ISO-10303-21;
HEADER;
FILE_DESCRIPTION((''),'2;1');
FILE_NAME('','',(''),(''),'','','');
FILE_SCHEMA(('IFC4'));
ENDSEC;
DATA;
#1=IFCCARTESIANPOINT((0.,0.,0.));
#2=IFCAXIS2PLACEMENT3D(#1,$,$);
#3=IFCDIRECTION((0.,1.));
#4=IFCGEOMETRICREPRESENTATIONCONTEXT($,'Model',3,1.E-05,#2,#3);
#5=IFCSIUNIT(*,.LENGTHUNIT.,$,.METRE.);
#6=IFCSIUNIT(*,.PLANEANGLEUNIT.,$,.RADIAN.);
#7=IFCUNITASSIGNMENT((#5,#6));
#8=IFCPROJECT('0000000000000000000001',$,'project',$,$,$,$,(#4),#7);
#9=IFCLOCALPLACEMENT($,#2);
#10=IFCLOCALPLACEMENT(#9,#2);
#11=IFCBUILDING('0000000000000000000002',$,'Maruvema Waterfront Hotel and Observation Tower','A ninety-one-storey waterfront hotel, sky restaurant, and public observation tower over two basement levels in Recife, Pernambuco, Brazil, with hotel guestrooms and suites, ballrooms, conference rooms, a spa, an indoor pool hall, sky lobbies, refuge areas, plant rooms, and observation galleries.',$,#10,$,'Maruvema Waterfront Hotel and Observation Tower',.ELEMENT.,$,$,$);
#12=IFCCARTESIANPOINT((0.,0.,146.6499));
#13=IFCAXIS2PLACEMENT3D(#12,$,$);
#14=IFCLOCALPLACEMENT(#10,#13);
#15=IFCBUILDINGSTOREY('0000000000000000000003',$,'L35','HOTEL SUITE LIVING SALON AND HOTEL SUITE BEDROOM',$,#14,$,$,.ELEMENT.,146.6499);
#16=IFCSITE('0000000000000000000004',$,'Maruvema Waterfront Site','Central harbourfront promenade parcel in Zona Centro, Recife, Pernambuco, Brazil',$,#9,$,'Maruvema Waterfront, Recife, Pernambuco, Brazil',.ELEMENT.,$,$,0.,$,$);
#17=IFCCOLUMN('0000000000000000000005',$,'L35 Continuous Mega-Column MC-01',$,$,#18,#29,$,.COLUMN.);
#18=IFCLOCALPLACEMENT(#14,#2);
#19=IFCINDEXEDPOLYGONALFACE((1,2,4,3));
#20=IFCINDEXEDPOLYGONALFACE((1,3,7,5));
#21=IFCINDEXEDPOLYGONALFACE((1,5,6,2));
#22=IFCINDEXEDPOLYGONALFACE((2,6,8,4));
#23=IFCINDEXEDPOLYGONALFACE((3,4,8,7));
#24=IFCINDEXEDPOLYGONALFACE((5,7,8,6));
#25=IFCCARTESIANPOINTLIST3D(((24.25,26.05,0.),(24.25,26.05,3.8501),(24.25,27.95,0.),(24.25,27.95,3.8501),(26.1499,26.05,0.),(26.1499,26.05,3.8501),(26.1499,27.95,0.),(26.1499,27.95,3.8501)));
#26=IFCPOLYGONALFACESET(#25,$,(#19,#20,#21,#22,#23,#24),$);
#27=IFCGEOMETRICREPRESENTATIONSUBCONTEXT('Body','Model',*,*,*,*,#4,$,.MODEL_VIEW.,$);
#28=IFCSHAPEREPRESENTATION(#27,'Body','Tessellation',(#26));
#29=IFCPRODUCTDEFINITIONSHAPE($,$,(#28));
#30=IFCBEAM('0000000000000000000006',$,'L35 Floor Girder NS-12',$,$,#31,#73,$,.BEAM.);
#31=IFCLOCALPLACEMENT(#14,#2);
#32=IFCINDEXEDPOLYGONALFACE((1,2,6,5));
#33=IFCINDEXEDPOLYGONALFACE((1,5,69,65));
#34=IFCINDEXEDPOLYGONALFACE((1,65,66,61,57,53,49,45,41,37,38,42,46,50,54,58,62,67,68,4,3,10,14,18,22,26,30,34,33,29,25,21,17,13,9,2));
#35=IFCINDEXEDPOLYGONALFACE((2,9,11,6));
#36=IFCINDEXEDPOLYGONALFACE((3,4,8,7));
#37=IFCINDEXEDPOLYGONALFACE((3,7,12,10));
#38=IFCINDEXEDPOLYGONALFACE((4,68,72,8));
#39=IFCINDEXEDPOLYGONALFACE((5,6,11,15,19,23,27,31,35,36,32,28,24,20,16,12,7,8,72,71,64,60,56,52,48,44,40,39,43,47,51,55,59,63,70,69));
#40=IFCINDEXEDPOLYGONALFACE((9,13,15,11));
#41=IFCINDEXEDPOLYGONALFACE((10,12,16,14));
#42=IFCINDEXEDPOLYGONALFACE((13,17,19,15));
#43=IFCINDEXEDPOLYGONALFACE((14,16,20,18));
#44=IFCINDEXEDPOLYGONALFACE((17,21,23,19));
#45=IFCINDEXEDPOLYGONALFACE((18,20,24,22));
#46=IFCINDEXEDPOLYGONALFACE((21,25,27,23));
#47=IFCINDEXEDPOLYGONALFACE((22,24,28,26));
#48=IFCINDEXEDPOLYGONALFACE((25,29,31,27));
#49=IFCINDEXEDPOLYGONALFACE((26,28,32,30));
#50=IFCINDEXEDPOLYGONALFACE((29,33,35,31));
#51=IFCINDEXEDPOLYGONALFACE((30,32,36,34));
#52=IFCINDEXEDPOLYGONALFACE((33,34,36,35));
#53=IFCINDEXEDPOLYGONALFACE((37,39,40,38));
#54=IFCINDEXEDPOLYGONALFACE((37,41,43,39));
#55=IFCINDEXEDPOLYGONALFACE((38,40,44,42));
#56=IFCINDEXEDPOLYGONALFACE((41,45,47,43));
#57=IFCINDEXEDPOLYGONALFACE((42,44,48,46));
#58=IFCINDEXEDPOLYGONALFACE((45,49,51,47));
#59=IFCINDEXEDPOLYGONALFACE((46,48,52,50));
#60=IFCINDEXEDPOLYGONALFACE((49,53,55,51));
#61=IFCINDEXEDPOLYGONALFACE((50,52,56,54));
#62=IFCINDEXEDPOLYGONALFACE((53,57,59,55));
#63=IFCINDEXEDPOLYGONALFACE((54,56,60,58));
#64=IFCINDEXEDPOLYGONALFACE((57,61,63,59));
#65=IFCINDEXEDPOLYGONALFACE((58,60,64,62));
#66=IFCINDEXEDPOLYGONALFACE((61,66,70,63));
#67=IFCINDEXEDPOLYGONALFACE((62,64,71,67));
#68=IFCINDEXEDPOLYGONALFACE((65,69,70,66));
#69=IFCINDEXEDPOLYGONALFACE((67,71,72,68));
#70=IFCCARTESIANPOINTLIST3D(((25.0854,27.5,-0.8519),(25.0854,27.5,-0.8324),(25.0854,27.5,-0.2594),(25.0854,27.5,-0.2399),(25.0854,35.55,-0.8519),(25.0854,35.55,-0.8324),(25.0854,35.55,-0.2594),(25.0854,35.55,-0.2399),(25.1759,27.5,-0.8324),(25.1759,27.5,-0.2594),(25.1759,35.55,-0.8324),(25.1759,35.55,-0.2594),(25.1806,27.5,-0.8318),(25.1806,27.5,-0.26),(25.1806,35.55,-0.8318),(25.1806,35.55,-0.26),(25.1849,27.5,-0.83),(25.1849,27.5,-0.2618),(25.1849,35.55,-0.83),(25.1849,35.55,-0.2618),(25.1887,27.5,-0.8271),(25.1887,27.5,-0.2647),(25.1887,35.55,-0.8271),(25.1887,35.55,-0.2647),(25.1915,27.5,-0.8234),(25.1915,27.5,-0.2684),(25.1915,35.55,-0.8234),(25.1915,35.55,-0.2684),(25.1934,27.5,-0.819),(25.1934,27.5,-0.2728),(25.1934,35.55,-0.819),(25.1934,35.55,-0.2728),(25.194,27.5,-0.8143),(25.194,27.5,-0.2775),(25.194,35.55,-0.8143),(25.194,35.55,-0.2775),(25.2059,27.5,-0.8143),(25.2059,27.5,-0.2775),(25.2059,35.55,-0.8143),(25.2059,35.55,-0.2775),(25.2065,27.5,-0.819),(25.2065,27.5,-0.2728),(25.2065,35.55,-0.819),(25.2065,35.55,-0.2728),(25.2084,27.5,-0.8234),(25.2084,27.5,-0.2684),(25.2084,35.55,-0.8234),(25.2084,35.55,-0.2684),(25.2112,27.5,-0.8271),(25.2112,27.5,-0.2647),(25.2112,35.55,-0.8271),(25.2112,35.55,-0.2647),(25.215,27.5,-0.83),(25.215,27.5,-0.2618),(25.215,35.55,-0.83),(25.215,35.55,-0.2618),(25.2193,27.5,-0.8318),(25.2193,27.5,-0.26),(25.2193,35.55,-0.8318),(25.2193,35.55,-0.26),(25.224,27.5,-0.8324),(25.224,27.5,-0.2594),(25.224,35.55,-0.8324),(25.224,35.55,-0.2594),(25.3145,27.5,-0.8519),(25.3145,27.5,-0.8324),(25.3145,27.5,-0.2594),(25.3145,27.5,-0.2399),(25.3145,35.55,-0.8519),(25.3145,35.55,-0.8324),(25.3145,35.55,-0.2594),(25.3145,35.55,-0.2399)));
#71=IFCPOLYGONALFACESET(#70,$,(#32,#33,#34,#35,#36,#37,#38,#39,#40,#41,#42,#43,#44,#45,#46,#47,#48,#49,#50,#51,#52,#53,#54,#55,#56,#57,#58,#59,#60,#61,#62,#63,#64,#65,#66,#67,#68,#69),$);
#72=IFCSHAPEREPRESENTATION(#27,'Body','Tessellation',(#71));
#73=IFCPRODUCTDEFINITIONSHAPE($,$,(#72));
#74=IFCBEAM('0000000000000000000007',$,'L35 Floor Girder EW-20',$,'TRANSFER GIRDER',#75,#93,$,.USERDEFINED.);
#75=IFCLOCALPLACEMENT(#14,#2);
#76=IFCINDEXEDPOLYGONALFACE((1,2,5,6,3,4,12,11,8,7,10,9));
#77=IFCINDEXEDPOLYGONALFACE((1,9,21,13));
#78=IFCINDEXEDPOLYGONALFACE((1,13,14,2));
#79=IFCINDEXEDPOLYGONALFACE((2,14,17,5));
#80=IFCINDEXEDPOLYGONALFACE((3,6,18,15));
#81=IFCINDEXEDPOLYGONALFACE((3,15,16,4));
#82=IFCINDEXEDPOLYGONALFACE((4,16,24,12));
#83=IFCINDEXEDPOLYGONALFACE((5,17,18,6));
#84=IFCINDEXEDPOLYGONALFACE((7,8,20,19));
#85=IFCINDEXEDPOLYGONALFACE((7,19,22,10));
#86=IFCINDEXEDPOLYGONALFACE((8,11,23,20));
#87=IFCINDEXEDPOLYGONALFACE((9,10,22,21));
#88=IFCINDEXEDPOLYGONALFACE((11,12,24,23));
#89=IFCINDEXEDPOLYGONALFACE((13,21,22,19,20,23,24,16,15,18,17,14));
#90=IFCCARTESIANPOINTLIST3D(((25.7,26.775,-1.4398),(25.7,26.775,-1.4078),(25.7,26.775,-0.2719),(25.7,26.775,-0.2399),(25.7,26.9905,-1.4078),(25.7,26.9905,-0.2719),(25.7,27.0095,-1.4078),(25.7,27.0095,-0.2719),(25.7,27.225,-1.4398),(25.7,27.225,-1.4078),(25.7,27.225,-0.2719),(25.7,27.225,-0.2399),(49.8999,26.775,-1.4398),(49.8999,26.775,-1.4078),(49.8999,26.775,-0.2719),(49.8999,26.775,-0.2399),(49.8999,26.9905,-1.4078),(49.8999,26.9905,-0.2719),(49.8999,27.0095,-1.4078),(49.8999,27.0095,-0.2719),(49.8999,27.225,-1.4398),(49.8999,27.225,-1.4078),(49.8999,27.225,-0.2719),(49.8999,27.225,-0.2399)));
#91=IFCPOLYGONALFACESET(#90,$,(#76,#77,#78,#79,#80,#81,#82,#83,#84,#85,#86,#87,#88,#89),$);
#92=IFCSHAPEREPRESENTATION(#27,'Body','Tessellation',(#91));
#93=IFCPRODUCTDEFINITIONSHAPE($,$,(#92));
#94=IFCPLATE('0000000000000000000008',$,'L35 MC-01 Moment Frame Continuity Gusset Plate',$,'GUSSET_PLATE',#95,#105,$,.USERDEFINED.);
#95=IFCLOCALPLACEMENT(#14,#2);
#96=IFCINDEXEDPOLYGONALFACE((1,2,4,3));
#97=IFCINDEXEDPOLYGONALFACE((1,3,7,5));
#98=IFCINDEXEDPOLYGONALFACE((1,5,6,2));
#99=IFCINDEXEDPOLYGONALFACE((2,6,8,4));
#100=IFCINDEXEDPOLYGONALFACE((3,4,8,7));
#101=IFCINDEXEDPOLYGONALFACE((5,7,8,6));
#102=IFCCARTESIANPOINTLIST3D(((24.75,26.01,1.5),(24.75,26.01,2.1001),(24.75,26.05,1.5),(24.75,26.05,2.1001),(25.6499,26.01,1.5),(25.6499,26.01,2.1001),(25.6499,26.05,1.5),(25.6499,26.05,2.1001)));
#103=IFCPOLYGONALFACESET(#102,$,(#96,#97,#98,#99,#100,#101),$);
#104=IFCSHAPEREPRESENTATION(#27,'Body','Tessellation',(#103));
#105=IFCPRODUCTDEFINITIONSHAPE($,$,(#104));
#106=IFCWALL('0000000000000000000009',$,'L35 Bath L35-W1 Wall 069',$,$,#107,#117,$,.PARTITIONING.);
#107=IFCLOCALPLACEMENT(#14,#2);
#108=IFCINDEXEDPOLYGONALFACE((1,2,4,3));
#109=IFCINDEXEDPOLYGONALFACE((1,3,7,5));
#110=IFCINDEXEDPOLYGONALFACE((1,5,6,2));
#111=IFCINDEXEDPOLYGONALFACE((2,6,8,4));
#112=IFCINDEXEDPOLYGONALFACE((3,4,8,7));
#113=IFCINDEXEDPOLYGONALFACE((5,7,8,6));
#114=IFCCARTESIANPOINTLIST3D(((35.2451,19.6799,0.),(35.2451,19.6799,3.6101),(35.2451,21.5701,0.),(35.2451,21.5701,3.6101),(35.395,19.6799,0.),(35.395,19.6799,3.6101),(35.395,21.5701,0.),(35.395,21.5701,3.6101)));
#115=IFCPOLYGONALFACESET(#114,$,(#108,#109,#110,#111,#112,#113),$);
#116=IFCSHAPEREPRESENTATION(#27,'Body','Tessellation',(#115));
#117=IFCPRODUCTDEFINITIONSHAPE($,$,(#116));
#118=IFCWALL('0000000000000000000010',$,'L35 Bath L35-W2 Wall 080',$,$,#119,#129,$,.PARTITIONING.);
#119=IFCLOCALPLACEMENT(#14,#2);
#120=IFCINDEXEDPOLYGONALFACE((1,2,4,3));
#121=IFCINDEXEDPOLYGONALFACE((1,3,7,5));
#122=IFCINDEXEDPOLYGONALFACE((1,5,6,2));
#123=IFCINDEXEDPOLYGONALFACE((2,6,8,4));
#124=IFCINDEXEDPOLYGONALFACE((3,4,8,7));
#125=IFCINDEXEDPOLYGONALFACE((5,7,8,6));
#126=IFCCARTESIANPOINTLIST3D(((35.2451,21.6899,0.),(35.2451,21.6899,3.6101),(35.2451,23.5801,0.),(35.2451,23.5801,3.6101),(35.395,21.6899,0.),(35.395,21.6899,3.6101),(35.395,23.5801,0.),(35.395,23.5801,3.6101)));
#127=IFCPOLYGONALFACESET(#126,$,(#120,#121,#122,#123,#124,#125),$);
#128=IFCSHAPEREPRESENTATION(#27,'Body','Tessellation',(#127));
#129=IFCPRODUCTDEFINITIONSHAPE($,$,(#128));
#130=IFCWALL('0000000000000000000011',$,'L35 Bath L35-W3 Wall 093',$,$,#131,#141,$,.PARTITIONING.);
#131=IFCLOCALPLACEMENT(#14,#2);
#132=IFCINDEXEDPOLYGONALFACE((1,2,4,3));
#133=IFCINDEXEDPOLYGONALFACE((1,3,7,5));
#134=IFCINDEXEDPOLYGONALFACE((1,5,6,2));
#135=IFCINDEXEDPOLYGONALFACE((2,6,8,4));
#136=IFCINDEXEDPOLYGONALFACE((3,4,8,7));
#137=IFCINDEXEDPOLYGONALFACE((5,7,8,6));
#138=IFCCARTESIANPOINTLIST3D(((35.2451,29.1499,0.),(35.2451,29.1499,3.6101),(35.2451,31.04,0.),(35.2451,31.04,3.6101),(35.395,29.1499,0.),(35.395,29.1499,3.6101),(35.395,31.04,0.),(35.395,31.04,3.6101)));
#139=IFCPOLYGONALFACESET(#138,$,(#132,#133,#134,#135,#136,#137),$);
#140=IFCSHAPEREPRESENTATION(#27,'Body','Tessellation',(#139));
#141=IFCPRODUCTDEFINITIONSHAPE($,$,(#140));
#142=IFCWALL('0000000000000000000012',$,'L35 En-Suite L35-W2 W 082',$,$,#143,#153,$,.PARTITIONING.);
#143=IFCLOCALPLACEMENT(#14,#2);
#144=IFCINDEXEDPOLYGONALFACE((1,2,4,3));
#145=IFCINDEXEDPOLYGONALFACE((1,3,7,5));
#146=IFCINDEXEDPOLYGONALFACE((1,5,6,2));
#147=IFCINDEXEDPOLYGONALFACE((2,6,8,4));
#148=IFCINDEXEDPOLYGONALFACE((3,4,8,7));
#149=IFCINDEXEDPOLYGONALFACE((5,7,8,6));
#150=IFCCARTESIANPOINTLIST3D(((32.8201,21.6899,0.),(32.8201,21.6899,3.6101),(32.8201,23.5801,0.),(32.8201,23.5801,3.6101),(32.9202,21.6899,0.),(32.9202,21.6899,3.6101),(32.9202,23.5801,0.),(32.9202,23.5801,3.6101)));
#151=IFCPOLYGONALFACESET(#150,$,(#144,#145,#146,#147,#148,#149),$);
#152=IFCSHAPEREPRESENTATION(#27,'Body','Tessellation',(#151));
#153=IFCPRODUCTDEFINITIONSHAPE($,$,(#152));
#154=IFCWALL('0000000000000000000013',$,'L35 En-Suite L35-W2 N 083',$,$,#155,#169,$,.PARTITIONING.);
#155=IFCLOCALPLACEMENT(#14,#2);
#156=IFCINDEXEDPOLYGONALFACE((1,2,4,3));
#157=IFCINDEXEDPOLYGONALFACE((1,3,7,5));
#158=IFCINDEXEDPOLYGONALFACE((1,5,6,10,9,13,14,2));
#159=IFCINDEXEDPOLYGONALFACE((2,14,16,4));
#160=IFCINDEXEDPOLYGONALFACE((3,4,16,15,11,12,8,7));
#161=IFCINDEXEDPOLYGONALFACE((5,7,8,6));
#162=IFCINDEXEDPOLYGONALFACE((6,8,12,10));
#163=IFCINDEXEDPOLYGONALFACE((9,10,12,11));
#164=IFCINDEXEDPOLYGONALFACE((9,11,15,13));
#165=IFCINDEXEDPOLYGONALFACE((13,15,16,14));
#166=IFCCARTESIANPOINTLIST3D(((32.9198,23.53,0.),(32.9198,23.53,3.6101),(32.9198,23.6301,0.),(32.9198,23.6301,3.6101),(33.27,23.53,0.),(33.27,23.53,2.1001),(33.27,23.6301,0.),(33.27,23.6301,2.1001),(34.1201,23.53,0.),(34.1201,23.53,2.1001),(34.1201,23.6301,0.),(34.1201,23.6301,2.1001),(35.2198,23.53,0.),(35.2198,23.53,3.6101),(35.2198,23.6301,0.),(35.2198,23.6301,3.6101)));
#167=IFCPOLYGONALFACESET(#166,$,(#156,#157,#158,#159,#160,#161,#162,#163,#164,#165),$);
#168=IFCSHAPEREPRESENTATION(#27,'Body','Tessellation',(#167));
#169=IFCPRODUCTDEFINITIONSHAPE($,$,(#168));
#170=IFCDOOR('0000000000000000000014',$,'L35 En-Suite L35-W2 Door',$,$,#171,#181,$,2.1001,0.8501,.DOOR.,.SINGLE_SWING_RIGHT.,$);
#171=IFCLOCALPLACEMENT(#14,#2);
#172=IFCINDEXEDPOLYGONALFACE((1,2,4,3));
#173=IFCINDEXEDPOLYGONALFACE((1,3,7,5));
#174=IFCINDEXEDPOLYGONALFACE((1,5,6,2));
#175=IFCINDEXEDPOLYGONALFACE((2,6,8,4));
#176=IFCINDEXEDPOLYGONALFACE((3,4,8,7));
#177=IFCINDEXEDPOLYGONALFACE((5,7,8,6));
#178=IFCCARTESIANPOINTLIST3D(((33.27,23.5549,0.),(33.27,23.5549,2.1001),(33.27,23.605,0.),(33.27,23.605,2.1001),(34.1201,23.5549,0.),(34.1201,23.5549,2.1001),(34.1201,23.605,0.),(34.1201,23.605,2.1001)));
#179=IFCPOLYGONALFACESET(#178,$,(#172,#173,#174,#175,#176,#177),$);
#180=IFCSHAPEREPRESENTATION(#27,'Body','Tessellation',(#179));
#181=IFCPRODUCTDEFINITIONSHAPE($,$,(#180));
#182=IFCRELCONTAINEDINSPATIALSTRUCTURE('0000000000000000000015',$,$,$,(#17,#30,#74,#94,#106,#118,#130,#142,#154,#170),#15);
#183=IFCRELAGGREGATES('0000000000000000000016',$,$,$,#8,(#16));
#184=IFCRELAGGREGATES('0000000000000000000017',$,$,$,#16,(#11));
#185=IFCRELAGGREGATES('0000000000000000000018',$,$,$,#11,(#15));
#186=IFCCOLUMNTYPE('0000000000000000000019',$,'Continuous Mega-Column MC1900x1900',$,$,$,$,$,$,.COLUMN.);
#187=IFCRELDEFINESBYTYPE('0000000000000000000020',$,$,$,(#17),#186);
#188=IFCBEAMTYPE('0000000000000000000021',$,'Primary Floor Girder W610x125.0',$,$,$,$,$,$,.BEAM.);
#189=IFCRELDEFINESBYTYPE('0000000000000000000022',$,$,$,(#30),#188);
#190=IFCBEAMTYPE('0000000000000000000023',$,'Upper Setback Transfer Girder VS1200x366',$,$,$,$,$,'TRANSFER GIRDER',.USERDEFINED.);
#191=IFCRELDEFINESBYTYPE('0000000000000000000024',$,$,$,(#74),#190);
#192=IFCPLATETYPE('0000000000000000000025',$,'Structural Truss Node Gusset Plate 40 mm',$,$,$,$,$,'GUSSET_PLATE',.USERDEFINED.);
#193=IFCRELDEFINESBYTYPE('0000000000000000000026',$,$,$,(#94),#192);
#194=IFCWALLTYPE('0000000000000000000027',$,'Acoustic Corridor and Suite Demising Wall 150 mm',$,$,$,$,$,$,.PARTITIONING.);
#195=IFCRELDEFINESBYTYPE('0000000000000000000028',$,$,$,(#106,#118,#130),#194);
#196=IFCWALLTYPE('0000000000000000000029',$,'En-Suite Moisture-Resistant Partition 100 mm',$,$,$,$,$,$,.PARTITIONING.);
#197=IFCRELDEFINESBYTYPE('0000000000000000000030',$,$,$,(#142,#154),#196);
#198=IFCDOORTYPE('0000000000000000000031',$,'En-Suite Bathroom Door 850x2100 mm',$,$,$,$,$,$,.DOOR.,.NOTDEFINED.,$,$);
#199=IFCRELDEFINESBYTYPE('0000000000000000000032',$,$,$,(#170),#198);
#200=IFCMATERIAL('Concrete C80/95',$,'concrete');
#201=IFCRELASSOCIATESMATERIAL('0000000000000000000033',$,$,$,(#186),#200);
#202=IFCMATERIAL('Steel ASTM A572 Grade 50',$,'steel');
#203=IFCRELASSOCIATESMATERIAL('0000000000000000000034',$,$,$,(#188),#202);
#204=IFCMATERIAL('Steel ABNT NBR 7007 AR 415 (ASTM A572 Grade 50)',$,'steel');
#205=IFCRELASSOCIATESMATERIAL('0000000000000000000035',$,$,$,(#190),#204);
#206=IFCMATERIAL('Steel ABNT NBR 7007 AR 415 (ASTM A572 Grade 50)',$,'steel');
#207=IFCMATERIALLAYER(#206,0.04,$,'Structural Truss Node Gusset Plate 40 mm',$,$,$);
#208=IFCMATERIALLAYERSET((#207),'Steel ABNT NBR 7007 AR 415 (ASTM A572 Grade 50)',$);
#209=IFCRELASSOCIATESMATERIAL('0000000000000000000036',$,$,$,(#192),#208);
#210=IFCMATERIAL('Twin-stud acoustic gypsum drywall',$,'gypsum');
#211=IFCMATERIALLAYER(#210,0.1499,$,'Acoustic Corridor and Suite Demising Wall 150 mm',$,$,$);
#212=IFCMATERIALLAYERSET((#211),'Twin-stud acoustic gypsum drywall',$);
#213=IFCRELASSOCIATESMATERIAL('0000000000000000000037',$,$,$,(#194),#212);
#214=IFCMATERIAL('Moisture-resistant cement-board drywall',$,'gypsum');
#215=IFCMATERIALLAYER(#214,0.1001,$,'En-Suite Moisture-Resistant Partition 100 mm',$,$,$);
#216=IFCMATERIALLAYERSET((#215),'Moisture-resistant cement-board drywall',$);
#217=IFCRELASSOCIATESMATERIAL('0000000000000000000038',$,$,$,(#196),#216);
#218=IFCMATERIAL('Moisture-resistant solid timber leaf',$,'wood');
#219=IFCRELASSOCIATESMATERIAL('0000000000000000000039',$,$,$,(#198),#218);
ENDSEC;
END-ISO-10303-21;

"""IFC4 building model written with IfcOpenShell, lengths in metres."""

from ifc_helpers import new_model, si_unit, direction, frame, frame_2d, origin, origin_2d, place, context, subcontext, project, spatial, rectangle, i_section, extrude, material, layer, layer_set, material_profile, profile_set, type_object, element, fill, save


model = new_model("IFC4")

# Units and contexts
model_context = context("Model", 3, precision=1e-05, world=origin(), true_north=direction((0.0, 1.0)))
body_context = subcontext(model_context, "Body", "Model", "MODEL_VIEW")
ifc_project = project(units=[si_unit("LENGTHUNIT", "METRE"), si_unit("PLANEANGLEUNIT", "RADIAN")], contexts=[model_context])

# Site, building, storey
site_placement = place(None, origin())
site = spatial("IfcSite", under=ifc_project, at=site_placement, Name="Maruvema Waterfront Site", Description="Central harbourfront promenade parcel in Zona Centro, Recife, Pernambuco, Brazil", LongName="Maruvema Waterfront, Recife, Pernambuco, Brazil", CompositionType="ELEMENT", RefElevation=0.0)
building_placement = place(site_placement, origin())
building = spatial("IfcBuilding", under=site, at=building_placement, Name="Maruvema Waterfront Hotel and Observation Tower", Description="A ninety-one-storey waterfront hotel, sky restaurant, and public observation tower over two basement levels in Recife, Pernambuco, Brazil, with hotel guestrooms and suites, ballrooms, conference rooms, a spa, an indoor pool hall, sky lobbies, refuge areas, plant rooms, and observation galleries.", LongName="Maruvema Waterfront Hotel and Observation Tower", CompositionType="ELEMENT")
storey_placement = place(building_placement, frame((0.0, 0.0, 146.6499)))
storey = spatial("IfcBuildingStorey", under=building, at=storey_placement, Name="L35", Description="HOTEL SUITE LIVING SALON AND HOTEL SUITE BEDROOM", CompositionType="ELEMENT", Elevation=146.6499)

# Column
ifc_material_1 = material(Name="Concrete C80/95", Category="concrete")
ifc_material_profile_1 = material_profile(ifc_material_1, rectangle(XDim=1.8999, YDim=1.8999, at=origin_2d()), Name="MC1900x1900")
ifc_profile_set_1 = profile_set([ifc_material_profile_1], Name="Concrete C80/95")
column_type = type_object("IfcColumnType", Name="Continuous Mega-Column MC1900x1900", PredefinedType="COLUMN", material=ifc_profile_set_1)
column_placement = place(storey_placement, frame((25.2, 27.0, 0.0), z_axis=(0.0, 0.0, 1.0), x_axis=(1.0, 0.0, 0.0)))
element("IfcColumn", 1, at=column_placement, inside=storey, type_object=column_type, Name="L35 Continuous Mega-Column MC-01", PredefinedType="COLUMN", context=body_context, shape_type="SweptSolid", body=[
    extrude(rectangle(XDim=1.8999, YDim=1.8999, at=origin_2d()), origin(), (0.0, 0.0, 1.0), 3.8501),
])

# Beams
ifc_material_2 = material(Name="Steel ASTM A572 Grade 50", Category="steel")
ifc_material_profile_2 = material_profile(ifc_material_2, i_section(OverallWidth=0.229, OverallDepth=0.6121, WebThickness=0.012, FlangeThickness=0.0195, FilletRadius=0.0181, at=origin_2d()), Name="W610x125.0")
ifc_profile_set_2 = profile_set([ifc_material_profile_2], Name="Steel ASTM A572 Grade 50")
beam_type_1 = type_object("IfcBeamType", Name="Primary Floor Girder W610x125.0", PredefinedType="BEAM", material=ifc_profile_set_2)
beam_1_placement = place(storey_placement, frame((25.2, 27.5, -0.5459), z_axis=(0.0, 1.0, 0.0), x_axis=(-1.0, 0.0, 0.0)))
element("IfcBeam", 2, at=beam_1_placement, inside=storey, type_object=beam_type_1, Name="L35 Floor Girder NS-12", PredefinedType="BEAM", context=body_context, shape_type="SweptSolid", body=[
    extrude(i_section(OverallWidth=0.229, OverallDepth=0.6121, WebThickness=0.012, FlangeThickness=0.0195, FilletRadius=0.0181, at=origin_2d()), origin(), (0.0, 0.0, 1.0), 8.05),
])
ifc_material_3 = material(Name="Steel ABNT NBR 7007 AR 415 (ASTM A572 Grade 50)", Category="steel")
ifc_material_profile_3 = material_profile(ifc_material_3, i_section(OverallWidth=0.45, OverallDepth=1.2, WebThickness=0.019, FlangeThickness=0.032, at=origin_2d()), Name="VS1200x366")
ifc_profile_set_3 = profile_set([ifc_material_profile_3], Name="Steel ABNT NBR 7007 AR 415 (ASTM A572 Grade 50)")
beam_type_2 = type_object("IfcBeamType", Name="Upper Setback Transfer Girder VS1200x366", ElementType="TRANSFER GIRDER", PredefinedType="USERDEFINED", material=ifc_profile_set_3)
beam_2_placement = place(storey_placement, frame((25.7, 27.0, -0.8398), z_axis=(1.0, 0.0, 0.0), x_axis=(0.0, 1.0, 0.0)))
element("IfcBeam", 3, at=beam_2_placement, inside=storey, type_object=beam_type_2, Name="L35 Floor Girder EW-20", ObjectType="TRANSFER GIRDER", PredefinedType="USERDEFINED", context=body_context, shape_type="SweptSolid", body=[
    extrude(i_section(OverallWidth=0.45, OverallDepth=1.2, WebThickness=0.019, FlangeThickness=0.032, at=origin_2d()), origin(), (0.0, 0.0, 1.0), 24.2),
])

# Plate
ifc_material_4 = material(Name="Steel ABNT NBR 7007 AR 415 (ASTM A572 Grade 50)", Category="steel")
ifc_layer_1 = layer(ifc_material_4, 0.04, Name="Structural Truss Node Gusset Plate 40 mm")
ifc_layer_set_1 = layer_set([ifc_layer_1], Name="Steel ABNT NBR 7007 AR 415 (ASTM A572 Grade 50)")
plate_type = type_object("IfcPlateType", Name="Structural Truss Node Gusset Plate 40 mm", ElementType="GUSSET_PLATE", PredefinedType="USERDEFINED", material=ifc_layer_set_1)
plate_placement = place(storey_placement, frame((25.2, 26.03, 1.5), z_axis=(0.0, 0.0, 1.0), x_axis=(1.0, 0.0, 0.0)))
element("IfcPlate", 4, at=plate_placement, inside=storey, type_object=plate_type, Name="L35 MC-01 Moment Frame Continuity Gusset Plate", ObjectType="GUSSET_PLATE", PredefinedType="USERDEFINED", context=body_context, shape_type="SweptSolid", body=[
    extrude(rectangle(XDim=0.8999, YDim=0.04, at=origin_2d()), origin(), (0.0, 0.0, 1.0), 0.6001),
])

# Walls
ifc_material_5 = material(Name="Twin-stud acoustic gypsum drywall", Category="gypsum")
ifc_layer_2 = layer(ifc_material_5, 0.1499, Name="Acoustic Corridor and Suite Demising Wall 150 mm")
ifc_layer_set_2 = layer_set([ifc_layer_2], Name="Twin-stud acoustic gypsum drywall")
wall_type_1 = type_object("IfcWallType", Name="Acoustic Corridor and Suite Demising Wall 150 mm", PredefinedType="PARTITIONING", material=ifc_layer_set_2)
for number, where, z_axis, x_axis, name in (
    (5, (35.3201, 19.6799, 0.0), (0.0, 0.0, 1.0), (0.0, 1.0, 0.0), "L35 Bath L35-W1 Wall 069"),
    (6, (35.3201, 21.6899, 0.0), (0.0, 0.0, 1.0), (0.0, 1.0, 0.0), "L35 Bath L35-W2 Wall 080"),
):
    element("IfcWall", number, at=place(storey_placement, frame(where, z_axis=z_axis, x_axis=x_axis)), inside=storey, type_object=wall_type_1, Name=name, PredefinedType="PARTITIONING", context=body_context, shape_type="SweptSolid", body=[
        extrude(rectangle(XDim=1.8901, YDim=0.1499, at=frame_2d((0.9451, 0.0))), origin(), (0.0, 0.0, 1.0), 3.6101),
    ])

# Walls
wall_1_placement = place(storey_placement, frame((35.3201, 29.1499, 0.0), z_axis=(0.0, 0.0, 1.0), x_axis=(0.0, 1.0, 0.0)))
element("IfcWall", 7, at=wall_1_placement, inside=storey, type_object=wall_type_1, Name="L35 Bath L35-W3 Wall 093", PredefinedType="PARTITIONING", context=body_context, shape_type="SweptSolid", body=[
    extrude(rectangle(XDim=1.8901, YDim=0.1499, at=frame_2d((0.9451, 0.0))), origin(), (0.0, 0.0, 1.0), 3.6101),
])
ifc_material_6 = material(Name="Moisture-resistant cement-board drywall", Category="gypsum")
ifc_layer_3 = layer(ifc_material_6, 0.1001, Name="En-Suite Moisture-Resistant Partition 100 mm")
ifc_layer_set_3 = layer_set([ifc_layer_3], Name="Moisture-resistant cement-board drywall")
wall_type_2 = type_object("IfcWallType", Name="En-Suite Moisture-Resistant Partition 100 mm", PredefinedType="PARTITIONING", material=ifc_layer_set_3)
wall_2_placement = place(storey_placement, frame((32.8701, 21.6899, 0.0), z_axis=(0.0, 0.0, 1.0), x_axis=(0.0, 1.0, 0.0)))
element("IfcWall", 8, at=wall_2_placement, inside=storey, type_object=wall_type_2, Name="L35 En-Suite L35-W2 W 082", PredefinedType="PARTITIONING", context=body_context, shape_type="SweptSolid", body=[
    extrude(rectangle(XDim=1.8901, YDim=0.1001, at=frame_2d((0.9451, 0.0))), origin(), (0.0, 0.0, 1.0), 3.6101),
])

# Wall, opening, door
wall_3_placement = place(storey_placement, frame((32.9199, 23.5801, 0.0), z_axis=(0.0, 0.0, 1.0), x_axis=(1.0, 0.0, 0.0)))
wall_3 = element("IfcWall", 9, at=wall_3_placement, inside=storey, type_object=wall_type_2, Name="L35 En-Suite L35-W2 N 083", PredefinedType="PARTITIONING", context=body_context, shape_type="SweptSolid", body=[
    extrude(rectangle(XDim=2.3, YDim=0.1001, at=frame_2d((1.1499, 0.0))), origin(), (0.0, 0.0, 1.0), 3.6101),
])
opening_1_placement = place(wall_3_placement, frame((0.3501, 0.0, 0.0)))
opening_1 = element("IfcOpeningElement", 10, at=opening_1_placement, cuts=wall_3, PredefinedType="OPENING", context=body_context, shape_type="SweptSolid", body=[
    extrude(rectangle(XDim=0.8501, YDim=2.1001, at=frame_2d((0.425, 1.05))), frame((0.0, 0.0601, 0.0), z_axis=(0.0, -1.0, 0.0), x_axis=(1.0, 0.0, 0.0)), (0.0, 0.0, 1.0), 0.1201),
])
ifc_material_7 = material(Name="Moisture-resistant solid timber leaf", Category="wood")
door_type_1 = type_object("IfcDoorType", Name="En-Suite Bathroom Door 850x2100 mm", OperationType="NOTDEFINED", PredefinedType="DOOR", material=ifc_material_7)
door_1_placement = place(opening_1_placement, origin())
door_1 = element("IfcDoor", 11, at=door_1_placement, inside=storey, type_object=door_type_1, Name="L35 En-Suite L35-W2 Door", OperationType="SINGLE_SWING_RIGHT", OverallHeight=2.1001, OverallWidth=0.8501, PredefinedType="DOOR", context=body_context, shape_type="SweptSolid", body=[
    extrude(rectangle(XDim=0.8501, YDim=2.1001, at=frame_2d((0.425, 1.05))), frame((0.0, 0.0249, 0.0), z_axis=(0.0, -1.0, 0.0), x_axis=(1.0, 0.0, 0.0)), (0.0, 0.0, 1.0), 0.05),
])
fill(opening_1, door_1)

save(model, "model.ifc")
